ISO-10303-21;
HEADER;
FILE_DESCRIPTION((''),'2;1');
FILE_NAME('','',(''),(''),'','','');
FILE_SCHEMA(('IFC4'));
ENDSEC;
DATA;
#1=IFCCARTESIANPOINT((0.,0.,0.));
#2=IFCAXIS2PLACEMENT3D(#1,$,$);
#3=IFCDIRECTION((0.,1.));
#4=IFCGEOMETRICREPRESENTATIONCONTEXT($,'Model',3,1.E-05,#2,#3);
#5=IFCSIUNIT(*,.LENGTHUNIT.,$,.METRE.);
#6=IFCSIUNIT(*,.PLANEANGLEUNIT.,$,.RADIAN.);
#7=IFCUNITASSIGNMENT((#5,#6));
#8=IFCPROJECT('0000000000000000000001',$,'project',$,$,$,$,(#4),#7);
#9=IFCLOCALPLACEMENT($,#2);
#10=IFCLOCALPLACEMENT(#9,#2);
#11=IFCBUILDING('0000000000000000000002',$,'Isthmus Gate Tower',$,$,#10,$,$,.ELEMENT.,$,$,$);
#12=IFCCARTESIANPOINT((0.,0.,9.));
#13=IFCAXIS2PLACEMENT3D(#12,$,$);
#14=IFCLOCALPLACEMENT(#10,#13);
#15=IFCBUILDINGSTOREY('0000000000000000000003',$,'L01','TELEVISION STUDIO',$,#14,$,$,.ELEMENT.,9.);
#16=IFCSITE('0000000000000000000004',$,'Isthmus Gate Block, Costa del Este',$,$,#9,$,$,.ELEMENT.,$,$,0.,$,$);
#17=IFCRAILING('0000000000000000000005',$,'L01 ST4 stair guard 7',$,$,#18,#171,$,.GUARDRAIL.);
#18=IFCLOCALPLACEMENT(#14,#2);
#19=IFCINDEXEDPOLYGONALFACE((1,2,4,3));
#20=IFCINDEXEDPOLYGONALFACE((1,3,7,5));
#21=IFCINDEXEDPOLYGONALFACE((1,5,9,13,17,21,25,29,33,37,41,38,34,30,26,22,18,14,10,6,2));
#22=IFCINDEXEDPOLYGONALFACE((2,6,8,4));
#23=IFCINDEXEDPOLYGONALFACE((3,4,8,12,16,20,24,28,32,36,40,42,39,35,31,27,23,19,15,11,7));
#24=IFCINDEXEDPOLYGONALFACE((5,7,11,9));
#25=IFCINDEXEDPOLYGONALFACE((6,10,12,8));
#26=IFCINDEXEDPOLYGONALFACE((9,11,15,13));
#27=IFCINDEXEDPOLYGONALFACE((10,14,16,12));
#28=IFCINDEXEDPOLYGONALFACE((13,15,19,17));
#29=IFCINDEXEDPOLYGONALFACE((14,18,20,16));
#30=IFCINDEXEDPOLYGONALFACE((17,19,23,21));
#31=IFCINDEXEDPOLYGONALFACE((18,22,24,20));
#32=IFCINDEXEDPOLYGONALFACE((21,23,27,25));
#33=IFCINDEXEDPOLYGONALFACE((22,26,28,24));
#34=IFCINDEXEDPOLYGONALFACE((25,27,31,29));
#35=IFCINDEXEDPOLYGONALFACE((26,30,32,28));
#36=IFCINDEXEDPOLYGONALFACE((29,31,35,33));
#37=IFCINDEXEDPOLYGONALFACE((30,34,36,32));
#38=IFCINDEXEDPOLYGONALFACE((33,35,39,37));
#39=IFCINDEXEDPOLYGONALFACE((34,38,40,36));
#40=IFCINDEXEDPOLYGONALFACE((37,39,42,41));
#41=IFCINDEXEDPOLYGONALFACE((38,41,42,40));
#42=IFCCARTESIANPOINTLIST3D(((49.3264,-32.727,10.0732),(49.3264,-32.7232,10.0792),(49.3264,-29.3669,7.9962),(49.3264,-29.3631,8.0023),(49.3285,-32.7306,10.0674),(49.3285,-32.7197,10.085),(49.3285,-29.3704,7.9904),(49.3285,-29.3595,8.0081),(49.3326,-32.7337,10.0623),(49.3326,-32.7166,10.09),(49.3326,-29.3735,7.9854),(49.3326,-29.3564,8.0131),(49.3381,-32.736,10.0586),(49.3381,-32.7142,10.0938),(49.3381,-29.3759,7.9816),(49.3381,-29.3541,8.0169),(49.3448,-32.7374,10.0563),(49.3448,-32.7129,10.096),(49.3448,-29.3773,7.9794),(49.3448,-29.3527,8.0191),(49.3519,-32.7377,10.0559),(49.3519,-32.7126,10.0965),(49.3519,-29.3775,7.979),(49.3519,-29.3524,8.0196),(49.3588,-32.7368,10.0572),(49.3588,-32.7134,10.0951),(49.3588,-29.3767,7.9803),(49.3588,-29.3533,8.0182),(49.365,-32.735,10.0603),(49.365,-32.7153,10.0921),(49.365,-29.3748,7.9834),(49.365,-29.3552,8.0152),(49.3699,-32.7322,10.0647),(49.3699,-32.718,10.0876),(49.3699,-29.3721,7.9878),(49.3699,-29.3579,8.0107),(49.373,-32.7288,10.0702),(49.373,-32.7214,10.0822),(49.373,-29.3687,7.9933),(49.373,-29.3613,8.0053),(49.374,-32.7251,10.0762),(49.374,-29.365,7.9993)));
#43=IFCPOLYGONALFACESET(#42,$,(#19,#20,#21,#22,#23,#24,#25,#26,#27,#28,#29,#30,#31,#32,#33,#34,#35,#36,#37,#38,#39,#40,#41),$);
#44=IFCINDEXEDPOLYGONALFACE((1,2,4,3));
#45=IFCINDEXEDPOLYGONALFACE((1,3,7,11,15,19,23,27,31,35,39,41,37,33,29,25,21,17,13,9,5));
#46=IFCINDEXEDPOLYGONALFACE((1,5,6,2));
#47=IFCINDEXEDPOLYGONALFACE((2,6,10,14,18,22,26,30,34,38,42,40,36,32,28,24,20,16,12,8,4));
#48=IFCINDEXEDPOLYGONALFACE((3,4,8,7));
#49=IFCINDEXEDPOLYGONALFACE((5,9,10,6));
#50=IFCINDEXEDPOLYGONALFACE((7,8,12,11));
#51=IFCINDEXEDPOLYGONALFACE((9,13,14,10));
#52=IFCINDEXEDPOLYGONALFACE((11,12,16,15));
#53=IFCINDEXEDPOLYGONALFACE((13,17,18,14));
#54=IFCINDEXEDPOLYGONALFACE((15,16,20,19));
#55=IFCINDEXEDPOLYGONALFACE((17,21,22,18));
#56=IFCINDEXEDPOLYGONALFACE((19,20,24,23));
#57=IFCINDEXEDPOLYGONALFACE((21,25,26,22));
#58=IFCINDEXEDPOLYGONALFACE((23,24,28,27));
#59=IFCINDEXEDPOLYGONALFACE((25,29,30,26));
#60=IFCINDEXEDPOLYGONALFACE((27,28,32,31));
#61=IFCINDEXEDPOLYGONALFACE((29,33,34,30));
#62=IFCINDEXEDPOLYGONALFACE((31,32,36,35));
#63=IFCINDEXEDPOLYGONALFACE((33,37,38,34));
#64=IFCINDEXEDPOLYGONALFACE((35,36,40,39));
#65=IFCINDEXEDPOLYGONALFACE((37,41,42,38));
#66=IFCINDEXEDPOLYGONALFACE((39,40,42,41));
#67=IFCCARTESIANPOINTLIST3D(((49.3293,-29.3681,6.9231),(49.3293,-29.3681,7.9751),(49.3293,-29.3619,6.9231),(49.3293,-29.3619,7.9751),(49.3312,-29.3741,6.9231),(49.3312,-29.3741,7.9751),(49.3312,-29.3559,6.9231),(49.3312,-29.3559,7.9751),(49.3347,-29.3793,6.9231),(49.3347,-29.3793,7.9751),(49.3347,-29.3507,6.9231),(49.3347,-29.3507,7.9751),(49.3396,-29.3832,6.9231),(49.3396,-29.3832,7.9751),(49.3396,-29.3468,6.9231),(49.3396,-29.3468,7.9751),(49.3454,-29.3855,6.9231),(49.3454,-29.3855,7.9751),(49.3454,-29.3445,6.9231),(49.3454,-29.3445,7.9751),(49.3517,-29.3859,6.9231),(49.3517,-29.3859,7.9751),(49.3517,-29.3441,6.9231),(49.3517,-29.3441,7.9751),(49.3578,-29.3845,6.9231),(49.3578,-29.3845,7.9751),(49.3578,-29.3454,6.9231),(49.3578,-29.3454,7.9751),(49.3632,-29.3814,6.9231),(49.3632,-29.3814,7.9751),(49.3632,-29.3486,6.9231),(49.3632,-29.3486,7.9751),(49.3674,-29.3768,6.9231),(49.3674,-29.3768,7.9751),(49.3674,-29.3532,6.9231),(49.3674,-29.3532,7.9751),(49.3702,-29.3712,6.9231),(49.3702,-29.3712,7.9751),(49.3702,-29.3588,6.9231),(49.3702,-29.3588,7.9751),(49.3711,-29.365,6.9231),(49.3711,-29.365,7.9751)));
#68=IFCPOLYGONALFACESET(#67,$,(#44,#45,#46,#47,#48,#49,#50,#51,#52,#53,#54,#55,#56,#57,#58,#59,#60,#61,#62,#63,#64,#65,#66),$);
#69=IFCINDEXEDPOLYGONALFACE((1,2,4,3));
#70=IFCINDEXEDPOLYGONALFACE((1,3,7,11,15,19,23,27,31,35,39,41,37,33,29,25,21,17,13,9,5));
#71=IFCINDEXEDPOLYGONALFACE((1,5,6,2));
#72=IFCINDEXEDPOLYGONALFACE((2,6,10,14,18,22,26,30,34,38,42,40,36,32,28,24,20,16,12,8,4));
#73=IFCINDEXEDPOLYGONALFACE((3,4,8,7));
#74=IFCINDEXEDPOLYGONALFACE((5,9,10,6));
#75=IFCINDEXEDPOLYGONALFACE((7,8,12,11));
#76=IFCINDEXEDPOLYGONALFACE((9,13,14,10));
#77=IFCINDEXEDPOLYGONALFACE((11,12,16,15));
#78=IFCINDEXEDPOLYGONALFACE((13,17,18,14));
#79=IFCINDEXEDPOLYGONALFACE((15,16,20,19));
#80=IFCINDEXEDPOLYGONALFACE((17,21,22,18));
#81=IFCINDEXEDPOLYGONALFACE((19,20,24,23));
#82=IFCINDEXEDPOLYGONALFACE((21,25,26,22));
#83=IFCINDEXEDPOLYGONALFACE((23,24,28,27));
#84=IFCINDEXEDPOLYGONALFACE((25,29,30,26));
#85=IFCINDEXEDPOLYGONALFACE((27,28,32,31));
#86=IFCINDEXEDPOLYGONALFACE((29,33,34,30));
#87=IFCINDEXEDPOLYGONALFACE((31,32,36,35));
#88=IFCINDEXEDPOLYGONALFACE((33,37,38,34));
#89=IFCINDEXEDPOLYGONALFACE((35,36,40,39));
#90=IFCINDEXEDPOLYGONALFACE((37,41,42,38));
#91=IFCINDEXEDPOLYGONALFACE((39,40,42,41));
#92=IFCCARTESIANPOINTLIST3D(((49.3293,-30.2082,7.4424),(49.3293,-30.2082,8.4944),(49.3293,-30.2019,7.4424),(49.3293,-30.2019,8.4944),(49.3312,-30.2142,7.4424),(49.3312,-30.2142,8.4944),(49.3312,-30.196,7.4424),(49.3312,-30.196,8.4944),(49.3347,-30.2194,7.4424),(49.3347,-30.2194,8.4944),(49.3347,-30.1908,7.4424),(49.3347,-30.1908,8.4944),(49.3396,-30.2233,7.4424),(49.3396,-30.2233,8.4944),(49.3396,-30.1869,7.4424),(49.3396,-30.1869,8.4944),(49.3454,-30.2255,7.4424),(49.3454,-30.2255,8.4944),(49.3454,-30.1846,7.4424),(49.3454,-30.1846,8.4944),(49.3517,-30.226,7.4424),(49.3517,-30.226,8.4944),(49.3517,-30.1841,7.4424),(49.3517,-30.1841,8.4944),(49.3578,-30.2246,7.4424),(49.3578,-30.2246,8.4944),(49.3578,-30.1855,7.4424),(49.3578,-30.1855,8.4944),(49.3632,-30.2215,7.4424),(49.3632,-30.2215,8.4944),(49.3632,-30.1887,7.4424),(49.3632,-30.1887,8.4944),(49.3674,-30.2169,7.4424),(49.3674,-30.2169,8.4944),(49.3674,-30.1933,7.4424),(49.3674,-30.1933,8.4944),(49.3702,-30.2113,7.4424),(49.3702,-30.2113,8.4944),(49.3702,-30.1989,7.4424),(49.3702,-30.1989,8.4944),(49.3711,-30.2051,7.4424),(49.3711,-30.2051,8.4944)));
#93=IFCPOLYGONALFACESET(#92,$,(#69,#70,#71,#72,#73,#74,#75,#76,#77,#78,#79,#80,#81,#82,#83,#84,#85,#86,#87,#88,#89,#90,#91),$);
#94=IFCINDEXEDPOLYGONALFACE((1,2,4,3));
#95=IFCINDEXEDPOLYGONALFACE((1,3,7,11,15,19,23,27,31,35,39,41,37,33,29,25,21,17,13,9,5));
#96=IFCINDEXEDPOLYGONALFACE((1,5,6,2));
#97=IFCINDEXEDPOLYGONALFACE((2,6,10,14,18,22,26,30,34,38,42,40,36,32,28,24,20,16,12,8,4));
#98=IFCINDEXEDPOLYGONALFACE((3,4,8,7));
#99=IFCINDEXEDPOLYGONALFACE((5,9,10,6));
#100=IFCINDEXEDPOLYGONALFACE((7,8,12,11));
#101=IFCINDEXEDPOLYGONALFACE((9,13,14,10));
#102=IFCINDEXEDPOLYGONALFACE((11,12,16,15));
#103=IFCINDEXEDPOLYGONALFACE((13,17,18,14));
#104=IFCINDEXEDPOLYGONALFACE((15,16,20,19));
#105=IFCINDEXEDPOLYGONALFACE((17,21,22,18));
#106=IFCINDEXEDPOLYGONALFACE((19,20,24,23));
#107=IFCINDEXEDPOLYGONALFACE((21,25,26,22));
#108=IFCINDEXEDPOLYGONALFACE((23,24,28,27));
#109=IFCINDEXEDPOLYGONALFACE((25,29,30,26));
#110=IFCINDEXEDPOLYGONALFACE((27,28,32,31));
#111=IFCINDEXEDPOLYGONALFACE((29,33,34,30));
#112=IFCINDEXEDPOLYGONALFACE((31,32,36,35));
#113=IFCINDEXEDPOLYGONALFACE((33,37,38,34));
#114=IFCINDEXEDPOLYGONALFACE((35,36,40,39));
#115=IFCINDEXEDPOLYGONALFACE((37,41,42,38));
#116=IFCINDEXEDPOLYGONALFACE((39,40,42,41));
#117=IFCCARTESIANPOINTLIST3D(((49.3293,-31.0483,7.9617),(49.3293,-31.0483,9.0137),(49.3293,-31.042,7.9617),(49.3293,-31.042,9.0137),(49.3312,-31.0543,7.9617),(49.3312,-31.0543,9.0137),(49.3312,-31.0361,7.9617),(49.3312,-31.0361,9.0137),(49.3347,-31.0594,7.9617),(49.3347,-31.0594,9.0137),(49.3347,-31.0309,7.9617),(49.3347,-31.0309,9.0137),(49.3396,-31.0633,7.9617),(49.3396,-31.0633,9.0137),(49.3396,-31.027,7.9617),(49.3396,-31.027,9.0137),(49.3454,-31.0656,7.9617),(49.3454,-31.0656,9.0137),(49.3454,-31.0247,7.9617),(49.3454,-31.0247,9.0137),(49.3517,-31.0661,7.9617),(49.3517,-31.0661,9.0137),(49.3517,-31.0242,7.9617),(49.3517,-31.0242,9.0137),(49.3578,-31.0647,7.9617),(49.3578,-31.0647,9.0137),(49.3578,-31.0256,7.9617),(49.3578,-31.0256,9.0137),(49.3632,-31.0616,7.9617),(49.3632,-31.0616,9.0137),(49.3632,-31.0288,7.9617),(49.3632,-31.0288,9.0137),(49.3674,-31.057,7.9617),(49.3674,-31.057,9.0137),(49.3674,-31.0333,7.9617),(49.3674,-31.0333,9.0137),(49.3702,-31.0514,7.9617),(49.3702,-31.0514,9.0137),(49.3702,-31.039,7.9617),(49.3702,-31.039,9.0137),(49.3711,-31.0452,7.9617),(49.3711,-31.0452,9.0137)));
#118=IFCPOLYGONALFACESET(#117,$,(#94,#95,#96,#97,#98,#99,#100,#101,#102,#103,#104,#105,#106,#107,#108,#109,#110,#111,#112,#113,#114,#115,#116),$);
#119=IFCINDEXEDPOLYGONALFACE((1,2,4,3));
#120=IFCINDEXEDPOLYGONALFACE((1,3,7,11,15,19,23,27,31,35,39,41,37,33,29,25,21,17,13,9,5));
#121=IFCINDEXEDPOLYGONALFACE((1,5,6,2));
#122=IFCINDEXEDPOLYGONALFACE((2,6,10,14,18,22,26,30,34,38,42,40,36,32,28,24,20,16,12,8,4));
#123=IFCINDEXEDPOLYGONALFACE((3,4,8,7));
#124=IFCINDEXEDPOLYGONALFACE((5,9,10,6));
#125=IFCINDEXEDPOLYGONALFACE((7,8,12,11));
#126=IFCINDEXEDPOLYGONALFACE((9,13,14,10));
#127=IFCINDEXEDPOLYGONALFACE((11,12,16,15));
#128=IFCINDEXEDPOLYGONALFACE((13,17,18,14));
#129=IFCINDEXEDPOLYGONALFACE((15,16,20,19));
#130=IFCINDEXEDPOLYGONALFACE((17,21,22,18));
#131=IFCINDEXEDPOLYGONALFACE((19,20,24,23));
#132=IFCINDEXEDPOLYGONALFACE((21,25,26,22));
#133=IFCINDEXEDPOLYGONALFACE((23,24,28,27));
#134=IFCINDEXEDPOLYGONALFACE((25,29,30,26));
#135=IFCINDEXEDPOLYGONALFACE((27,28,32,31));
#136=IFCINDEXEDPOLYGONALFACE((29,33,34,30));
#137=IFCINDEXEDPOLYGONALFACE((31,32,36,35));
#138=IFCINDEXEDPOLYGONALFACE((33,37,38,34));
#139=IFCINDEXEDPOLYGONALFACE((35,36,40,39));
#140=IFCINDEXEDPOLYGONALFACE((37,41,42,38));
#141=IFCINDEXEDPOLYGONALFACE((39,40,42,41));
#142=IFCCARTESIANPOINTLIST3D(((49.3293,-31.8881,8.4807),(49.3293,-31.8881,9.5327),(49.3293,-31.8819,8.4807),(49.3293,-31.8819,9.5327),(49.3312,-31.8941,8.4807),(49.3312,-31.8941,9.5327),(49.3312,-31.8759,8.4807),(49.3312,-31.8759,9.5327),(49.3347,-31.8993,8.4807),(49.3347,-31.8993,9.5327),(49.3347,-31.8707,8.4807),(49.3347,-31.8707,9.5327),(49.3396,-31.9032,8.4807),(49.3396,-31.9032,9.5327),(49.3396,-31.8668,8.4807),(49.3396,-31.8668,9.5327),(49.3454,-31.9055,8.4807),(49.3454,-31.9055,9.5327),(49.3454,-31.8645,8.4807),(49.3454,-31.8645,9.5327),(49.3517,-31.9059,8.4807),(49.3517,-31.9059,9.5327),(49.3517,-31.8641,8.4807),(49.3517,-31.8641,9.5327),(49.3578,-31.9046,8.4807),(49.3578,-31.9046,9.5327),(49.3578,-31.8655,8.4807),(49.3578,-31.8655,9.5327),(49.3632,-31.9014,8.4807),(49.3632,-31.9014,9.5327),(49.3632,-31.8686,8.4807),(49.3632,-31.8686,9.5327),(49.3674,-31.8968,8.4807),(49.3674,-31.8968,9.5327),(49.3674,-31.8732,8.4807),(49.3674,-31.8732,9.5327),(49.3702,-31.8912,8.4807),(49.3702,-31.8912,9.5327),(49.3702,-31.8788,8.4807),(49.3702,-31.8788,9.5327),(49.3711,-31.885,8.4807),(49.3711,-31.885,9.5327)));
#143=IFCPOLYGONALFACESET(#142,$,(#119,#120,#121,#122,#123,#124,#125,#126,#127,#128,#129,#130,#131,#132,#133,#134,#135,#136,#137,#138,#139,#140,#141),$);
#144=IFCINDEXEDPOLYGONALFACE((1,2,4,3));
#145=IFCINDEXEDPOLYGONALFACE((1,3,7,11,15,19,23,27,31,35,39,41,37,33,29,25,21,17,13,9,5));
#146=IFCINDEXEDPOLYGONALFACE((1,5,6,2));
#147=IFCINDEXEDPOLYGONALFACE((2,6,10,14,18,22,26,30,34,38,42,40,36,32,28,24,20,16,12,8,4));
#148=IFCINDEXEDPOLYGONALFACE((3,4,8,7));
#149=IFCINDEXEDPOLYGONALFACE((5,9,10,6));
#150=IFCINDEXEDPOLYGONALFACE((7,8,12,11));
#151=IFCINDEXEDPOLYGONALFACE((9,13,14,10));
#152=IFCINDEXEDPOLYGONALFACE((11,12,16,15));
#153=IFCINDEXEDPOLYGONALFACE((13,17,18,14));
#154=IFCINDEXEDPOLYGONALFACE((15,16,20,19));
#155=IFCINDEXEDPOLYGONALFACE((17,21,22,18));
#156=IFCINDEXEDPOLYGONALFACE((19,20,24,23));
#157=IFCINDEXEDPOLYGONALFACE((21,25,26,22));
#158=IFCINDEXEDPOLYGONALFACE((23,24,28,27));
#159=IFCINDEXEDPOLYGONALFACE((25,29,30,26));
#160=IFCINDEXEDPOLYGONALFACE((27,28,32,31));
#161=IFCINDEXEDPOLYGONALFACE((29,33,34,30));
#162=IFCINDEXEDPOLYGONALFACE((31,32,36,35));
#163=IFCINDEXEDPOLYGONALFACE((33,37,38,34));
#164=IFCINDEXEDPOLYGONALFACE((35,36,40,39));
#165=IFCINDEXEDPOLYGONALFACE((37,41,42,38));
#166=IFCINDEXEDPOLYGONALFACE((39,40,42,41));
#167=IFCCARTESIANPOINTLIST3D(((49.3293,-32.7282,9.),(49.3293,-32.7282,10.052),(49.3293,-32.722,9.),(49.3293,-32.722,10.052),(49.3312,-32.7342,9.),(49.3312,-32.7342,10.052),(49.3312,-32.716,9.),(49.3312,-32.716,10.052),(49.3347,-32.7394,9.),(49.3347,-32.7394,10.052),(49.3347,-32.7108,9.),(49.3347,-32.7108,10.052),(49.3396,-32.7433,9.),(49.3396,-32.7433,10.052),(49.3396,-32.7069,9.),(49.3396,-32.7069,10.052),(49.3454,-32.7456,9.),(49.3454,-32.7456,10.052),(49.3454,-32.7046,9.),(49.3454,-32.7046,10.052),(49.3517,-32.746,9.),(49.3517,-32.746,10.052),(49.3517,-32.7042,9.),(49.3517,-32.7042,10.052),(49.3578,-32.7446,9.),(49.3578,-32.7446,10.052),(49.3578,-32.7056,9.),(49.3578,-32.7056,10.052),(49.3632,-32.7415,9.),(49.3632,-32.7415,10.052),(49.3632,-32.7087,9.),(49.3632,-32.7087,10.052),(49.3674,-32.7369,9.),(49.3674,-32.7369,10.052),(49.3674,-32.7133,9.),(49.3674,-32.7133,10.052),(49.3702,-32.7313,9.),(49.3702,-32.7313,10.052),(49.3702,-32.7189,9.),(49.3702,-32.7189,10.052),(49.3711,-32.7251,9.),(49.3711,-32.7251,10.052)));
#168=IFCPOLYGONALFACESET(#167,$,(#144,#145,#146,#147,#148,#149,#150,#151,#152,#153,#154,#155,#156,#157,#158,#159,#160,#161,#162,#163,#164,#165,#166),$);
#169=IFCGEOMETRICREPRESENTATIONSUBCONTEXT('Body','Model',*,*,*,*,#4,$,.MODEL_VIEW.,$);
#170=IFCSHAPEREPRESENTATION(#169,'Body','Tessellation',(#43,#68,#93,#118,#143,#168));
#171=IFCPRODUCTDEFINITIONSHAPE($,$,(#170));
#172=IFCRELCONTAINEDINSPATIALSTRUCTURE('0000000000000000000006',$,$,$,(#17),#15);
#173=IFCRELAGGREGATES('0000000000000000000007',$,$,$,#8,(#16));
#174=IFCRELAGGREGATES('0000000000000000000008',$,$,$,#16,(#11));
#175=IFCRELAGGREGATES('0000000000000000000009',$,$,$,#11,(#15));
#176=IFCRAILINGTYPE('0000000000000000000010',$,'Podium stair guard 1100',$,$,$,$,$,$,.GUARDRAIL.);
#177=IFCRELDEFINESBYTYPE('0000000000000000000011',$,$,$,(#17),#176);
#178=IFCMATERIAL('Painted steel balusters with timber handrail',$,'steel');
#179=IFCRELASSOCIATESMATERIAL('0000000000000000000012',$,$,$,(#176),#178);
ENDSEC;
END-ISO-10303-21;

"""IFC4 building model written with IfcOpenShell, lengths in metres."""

from ifc_helpers import new_model, si_unit, direction, frame, origin, origin_2d, place, context, subcontext, project, spatial, circle, extrude, material, type_object, element, save


model = new_model("IFC4")

# Units and contexts
model_context = context("Model", 3, precision=1e-05, world=origin(), true_north=direction((0.0, 1.0)))
body_context = subcontext(model_context, "Body", "Model", "MODEL_VIEW")
ifc_project = project(units=[si_unit("LENGTHUNIT", "METRE"), si_unit("PLANEANGLEUNIT", "RADIAN")], contexts=[model_context])

# Site, building, storey
site_placement = place(None, origin())
site = spatial("IfcSite", under=ifc_project, at=site_placement, Name="Isthmus Gate Block, Costa del Este", CompositionType="ELEMENT", RefElevation=0.0)
building_placement = place(site_placement, origin())
building = spatial("IfcBuilding", under=site, at=building_placement, Name="Isthmus Gate Tower", CompositionType="ELEMENT")
storey_placement = place(building_placement, frame((0.0, 0.0, 9.0)))
storey = spatial("IfcBuildingStorey", under=building, at=storey_placement, Name="L01", Description="TELEVISION STUDIO", CompositionType="ELEMENT", Elevation=9.0)

# Railing
ifc_material_1 = material(Name="Painted steel balusters with timber handrail", Category="steel")
railing_type_1 = type_object("IfcRailingType", Name="Podium stair guard 1100", PredefinedType="GUARDRAIL", material=ifc_material_1)
railing_1_placement = place(storey_placement, frame((49.3501, -29.365, 6.9231)))
element("IfcRailing", 1, at=railing_1_placement, inside=storey, type_object=railing_type_1, Name="L01 ST4 stair guard 7", PredefinedType="GUARDRAIL", context=body_context, shape_type="SweptSolid", body=[
    extrude(circle(Radius=0.0239, at=origin_2d()), frame((0.0, 0.0, 1.0762), z_axis=(0.0, -0.850623, 0.525776), x_axis=(1.0, 0.0, 0.0)), (0.0, 0.0, 1.0), 3.9502),
    extrude(circle(Radius=0.021, at=origin_2d()), origin(), (0.0, 0.0, 1.0), 1.052),
    extrude(circle(Radius=0.021, at=origin_2d()), frame((0.0, -0.8401, 0.5193)), (0.0, 0.0, 1.0), 1.052),
    extrude(circle(Radius=0.021, at=origin_2d()), frame((0.0, -1.6802, 1.0386)), (0.0, 0.0, 1.0), 1.052),
    extrude(circle(Radius=0.021, at=origin_2d()), frame((0.0, -2.52, 1.5576)), (0.0, 0.0, 1.0), 1.052),
    extrude(circle(Radius=0.021, at=origin_2d()), frame((0.0, -3.3601, 2.0769)), (0.0, 0.0, 1.0), 1.052),
])

save(model, "model.ifc")
